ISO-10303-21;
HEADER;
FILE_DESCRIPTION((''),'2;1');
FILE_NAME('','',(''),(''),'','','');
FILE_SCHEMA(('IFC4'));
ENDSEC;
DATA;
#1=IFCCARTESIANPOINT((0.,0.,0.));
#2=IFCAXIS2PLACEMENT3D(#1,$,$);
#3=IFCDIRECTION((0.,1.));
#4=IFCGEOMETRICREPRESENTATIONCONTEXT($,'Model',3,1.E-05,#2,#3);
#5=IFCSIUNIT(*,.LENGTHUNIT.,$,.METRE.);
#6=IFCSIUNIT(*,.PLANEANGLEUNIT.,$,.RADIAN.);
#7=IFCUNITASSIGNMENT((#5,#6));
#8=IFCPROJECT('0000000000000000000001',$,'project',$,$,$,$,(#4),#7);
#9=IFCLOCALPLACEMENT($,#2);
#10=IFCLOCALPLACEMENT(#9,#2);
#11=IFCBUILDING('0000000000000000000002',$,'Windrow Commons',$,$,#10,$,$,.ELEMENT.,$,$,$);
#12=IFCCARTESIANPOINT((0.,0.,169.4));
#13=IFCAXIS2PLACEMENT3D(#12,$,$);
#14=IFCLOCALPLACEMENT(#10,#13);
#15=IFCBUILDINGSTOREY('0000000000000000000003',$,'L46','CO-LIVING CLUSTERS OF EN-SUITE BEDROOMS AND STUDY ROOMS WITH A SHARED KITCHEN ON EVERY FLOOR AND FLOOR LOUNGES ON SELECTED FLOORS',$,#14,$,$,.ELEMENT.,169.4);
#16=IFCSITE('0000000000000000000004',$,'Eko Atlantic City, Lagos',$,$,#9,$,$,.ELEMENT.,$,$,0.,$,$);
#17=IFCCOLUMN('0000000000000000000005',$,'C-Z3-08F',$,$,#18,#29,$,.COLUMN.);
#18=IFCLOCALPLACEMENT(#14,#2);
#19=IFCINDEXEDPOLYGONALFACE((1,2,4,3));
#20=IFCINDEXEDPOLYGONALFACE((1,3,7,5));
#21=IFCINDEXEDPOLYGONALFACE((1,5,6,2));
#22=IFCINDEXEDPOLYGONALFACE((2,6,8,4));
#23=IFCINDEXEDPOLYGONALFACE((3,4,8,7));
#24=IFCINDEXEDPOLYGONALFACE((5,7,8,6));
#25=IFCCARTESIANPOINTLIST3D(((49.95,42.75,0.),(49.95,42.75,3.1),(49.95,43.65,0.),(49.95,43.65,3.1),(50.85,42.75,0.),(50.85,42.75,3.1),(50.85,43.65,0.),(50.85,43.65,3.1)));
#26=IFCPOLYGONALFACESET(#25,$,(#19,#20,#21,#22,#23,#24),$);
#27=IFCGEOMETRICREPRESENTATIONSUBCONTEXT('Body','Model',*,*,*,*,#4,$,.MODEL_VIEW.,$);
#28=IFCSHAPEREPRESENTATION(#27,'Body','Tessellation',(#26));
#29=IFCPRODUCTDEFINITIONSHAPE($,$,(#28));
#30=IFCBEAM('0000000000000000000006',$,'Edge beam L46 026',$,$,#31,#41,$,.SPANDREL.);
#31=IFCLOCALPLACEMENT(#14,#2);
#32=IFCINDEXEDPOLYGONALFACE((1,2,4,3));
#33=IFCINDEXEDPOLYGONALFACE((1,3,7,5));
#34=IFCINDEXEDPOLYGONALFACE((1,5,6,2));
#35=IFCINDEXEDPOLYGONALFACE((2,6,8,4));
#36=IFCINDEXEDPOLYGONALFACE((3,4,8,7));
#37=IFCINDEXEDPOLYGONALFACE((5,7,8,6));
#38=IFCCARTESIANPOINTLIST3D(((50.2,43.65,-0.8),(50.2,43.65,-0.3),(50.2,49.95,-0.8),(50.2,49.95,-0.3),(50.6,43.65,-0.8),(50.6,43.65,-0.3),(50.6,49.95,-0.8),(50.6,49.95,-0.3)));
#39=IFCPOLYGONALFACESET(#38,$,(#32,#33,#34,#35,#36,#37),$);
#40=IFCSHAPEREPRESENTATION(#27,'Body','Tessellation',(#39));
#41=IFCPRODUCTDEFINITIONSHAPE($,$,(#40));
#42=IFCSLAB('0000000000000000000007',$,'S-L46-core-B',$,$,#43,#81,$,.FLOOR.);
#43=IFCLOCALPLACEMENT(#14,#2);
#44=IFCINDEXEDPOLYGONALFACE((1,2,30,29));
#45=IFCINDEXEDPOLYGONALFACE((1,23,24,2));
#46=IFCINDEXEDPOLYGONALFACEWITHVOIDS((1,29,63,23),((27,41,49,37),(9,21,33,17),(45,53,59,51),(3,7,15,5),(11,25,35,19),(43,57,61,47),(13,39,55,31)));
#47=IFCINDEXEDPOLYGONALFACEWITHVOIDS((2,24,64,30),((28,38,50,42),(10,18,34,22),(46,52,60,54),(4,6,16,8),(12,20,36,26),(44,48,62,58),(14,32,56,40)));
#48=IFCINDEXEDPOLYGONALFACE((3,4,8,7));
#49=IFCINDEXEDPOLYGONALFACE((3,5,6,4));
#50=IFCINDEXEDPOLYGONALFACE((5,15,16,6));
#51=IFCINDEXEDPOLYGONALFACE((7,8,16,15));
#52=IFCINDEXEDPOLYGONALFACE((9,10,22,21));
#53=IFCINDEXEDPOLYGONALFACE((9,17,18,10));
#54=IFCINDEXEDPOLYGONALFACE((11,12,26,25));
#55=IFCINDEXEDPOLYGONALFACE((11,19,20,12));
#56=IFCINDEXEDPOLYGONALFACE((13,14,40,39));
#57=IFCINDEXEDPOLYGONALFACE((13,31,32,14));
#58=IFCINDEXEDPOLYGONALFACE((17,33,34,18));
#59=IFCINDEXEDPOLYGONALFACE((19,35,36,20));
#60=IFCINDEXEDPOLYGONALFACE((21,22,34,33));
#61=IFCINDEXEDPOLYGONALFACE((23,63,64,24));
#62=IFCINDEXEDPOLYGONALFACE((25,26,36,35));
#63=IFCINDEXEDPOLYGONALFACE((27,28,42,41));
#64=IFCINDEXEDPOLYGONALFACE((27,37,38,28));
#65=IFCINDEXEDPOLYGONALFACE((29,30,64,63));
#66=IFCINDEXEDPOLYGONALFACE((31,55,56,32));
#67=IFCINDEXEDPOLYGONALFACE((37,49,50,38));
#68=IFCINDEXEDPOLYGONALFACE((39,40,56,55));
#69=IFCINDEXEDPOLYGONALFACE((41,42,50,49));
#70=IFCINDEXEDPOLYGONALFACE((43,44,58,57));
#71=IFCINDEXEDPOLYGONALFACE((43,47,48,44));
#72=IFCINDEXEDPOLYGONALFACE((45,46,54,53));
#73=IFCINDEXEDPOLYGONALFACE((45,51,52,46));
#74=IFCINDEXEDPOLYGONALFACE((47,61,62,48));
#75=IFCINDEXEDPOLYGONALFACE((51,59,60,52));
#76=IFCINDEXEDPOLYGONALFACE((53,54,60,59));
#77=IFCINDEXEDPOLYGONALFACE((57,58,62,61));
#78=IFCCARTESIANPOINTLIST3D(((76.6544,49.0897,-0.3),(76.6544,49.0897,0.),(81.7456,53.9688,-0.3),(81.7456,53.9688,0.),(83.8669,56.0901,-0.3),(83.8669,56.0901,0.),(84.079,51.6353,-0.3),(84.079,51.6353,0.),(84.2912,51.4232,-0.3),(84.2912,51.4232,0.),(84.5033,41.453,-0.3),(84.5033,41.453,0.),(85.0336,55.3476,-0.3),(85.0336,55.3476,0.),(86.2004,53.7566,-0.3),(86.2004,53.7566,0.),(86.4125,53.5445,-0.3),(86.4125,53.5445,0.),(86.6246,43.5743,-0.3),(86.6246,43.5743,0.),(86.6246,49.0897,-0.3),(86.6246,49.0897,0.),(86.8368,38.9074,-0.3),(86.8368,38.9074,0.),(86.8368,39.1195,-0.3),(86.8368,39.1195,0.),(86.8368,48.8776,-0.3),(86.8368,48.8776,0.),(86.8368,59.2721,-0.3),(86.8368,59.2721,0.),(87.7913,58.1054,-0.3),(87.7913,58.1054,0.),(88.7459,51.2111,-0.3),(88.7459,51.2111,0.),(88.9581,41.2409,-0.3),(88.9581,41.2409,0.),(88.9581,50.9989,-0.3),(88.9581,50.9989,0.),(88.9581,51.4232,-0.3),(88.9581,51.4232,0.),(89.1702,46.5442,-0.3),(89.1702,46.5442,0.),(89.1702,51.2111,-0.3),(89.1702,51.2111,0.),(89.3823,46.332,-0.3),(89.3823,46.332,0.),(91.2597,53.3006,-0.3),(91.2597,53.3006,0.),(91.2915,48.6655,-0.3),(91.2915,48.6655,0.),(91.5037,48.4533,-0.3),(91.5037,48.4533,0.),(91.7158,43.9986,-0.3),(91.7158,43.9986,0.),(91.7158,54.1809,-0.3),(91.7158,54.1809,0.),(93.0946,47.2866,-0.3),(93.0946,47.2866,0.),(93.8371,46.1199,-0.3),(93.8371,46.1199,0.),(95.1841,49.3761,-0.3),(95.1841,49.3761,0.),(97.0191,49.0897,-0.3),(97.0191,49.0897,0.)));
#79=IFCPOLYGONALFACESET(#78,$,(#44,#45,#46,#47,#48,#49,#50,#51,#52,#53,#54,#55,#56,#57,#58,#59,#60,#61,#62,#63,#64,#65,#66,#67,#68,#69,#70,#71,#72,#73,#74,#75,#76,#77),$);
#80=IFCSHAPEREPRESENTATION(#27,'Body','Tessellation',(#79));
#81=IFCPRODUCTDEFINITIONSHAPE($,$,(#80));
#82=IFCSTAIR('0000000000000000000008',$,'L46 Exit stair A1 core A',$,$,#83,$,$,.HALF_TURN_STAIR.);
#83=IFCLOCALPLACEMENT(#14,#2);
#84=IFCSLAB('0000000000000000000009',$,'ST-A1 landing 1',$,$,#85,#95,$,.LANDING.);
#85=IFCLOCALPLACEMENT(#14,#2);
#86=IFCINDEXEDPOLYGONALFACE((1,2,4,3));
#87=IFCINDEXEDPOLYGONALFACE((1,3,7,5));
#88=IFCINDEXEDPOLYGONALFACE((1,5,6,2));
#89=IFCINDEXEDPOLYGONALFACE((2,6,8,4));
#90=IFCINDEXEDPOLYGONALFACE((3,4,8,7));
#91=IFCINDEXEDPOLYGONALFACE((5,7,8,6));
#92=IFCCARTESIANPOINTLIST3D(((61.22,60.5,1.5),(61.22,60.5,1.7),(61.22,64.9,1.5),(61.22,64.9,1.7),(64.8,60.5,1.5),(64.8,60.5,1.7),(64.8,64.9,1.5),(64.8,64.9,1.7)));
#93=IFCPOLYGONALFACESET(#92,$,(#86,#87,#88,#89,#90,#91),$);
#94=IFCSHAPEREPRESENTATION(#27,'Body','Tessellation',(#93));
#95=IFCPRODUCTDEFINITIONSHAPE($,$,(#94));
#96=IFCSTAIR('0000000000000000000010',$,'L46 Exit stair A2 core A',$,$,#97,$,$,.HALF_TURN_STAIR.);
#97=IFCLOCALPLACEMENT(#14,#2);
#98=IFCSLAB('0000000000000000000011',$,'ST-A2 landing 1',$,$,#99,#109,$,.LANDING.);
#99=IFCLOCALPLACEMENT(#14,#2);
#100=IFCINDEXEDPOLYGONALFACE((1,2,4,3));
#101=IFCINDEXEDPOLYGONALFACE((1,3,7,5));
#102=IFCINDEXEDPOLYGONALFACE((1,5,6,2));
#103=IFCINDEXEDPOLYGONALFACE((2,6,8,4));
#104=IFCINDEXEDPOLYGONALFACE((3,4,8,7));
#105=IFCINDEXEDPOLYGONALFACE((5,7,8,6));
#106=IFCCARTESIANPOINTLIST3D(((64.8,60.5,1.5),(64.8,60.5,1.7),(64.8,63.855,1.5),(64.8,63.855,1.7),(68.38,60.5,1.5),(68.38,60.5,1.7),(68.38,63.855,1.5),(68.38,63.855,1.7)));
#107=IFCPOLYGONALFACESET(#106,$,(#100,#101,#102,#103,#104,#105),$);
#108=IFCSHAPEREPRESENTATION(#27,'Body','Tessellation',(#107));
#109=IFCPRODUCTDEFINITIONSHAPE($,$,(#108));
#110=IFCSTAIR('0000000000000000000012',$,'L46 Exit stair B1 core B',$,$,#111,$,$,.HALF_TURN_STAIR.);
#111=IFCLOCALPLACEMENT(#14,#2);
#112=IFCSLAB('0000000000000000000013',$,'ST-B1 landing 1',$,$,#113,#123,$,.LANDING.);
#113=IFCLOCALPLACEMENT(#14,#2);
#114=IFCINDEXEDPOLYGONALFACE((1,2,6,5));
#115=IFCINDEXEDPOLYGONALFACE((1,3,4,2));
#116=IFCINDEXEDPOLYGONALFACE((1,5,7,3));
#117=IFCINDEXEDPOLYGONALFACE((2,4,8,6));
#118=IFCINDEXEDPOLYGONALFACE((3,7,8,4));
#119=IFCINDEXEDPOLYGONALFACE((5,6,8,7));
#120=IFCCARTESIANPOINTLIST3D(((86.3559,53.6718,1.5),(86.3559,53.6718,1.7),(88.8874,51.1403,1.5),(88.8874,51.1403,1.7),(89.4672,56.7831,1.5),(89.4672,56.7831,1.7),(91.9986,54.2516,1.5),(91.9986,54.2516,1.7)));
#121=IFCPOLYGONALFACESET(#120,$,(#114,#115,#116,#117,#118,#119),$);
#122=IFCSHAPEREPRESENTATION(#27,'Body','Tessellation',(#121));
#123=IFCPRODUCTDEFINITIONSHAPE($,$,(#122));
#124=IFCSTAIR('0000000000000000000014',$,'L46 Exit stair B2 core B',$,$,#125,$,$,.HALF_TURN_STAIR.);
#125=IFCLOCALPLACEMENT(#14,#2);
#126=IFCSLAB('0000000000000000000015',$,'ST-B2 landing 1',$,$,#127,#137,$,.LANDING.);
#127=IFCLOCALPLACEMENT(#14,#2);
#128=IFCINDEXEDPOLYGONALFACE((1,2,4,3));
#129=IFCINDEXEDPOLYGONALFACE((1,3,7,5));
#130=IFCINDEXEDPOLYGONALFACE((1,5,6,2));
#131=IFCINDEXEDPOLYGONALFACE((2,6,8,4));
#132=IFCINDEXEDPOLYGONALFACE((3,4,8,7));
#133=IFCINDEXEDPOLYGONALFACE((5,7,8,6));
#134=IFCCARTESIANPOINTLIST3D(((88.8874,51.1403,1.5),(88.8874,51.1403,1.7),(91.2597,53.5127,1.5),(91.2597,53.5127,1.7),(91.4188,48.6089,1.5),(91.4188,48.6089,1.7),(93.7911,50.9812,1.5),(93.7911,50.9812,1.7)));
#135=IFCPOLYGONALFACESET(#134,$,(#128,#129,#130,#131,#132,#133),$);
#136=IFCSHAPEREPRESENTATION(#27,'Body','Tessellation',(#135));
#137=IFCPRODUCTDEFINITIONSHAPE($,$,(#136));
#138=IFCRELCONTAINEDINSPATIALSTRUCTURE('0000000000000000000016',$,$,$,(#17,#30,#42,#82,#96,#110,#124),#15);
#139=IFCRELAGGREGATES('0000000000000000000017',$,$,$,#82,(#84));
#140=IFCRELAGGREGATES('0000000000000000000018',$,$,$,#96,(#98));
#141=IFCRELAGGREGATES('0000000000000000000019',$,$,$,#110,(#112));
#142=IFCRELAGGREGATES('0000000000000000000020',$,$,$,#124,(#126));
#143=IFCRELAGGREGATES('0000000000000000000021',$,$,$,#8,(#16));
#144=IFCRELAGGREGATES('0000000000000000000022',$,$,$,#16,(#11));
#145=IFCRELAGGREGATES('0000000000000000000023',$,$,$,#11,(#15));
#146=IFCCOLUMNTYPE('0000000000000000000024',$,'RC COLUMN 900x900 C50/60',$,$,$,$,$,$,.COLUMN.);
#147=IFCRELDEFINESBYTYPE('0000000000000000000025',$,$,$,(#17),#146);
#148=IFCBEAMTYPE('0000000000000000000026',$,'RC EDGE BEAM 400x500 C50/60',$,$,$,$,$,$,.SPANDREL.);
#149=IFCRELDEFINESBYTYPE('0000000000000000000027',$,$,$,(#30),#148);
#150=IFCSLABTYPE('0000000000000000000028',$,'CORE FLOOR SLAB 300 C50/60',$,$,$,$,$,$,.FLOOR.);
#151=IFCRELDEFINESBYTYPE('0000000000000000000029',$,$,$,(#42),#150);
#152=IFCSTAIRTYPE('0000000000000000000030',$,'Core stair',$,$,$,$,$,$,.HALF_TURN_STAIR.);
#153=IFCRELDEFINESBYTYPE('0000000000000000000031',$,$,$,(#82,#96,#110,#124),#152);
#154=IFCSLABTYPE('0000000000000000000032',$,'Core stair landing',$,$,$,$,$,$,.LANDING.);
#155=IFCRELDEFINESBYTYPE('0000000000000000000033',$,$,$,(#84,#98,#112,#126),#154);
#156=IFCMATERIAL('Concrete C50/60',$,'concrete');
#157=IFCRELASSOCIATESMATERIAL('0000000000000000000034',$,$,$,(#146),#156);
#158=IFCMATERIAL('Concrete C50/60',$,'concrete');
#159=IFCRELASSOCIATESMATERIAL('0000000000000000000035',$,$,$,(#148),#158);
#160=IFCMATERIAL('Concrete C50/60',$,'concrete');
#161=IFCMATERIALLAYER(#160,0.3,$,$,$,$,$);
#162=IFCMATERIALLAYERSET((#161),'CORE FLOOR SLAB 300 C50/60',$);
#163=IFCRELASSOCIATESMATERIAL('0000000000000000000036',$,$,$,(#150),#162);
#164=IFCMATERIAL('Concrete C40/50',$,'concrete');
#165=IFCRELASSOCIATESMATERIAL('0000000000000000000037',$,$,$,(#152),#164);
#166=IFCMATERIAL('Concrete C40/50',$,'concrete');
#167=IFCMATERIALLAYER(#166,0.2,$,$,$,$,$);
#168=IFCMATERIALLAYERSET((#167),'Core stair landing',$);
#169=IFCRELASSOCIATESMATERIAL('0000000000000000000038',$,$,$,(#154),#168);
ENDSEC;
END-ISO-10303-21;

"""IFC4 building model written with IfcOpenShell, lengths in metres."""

from ifc_helpers import new_model, si_unit, direction, frame, origin, origin_2d, place, context, subcontext, project, spatial, polyline, rectangle, outline, extrude, material, layer, layer_set, material_profile, profile_set, type_object, element, aggregate, save


model = new_model("IFC4")

# Units and contexts
model_context = context("Model", 3, precision=1e-05, world=origin(), true_north=direction((0.0, 1.0)))
body_context = subcontext(model_context, "Body", "Model", "MODEL_VIEW")
ifc_project = project(units=[si_unit("LENGTHUNIT", "METRE"), si_unit("PLANEANGLEUNIT", "RADIAN")], contexts=[model_context])

# Site, building, storey
site_placement = place(None, origin())
site = spatial("IfcSite", under=ifc_project, at=site_placement, Name="Eko Atlantic City, Lagos", CompositionType="ELEMENT", RefElevation=0.0)
building_placement = place(site_placement, origin())
building = spatial("IfcBuilding", under=site, at=building_placement, Name="Windrow Commons", CompositionType="ELEMENT")
storey_placement = place(building_placement, frame((0.0, 0.0, 169.4)))
storey = spatial("IfcBuildingStorey", under=building, at=storey_placement, Name="L46", Description="CO-LIVING CLUSTERS OF EN-SUITE BEDROOMS AND STUDY ROOMS WITH A SHARED KITCHEN ON EVERY FLOOR AND FLOOR LOUNGES ON SELECTED FLOORS", CompositionType="ELEMENT", Elevation=169.4)

# Column
ifc_material_1 = material(Name="Concrete C50/60", Category="concrete")
ifc_material_profile_1 = material_profile(ifc_material_1, rectangle(XDim=0.9, YDim=0.9, at=origin_2d()))
ifc_profile_set_1 = profile_set([ifc_material_profile_1], Name="Concrete C50/60")
column_type = type_object("IfcColumnType", Name="RC COLUMN 900x900 C50/60", PredefinedType="COLUMN", material=ifc_profile_set_1)
column_placement = place(storey_placement, frame((50.4, 43.2, 0.0), z_axis=(0.0, 0.0, 1.0), x_axis=(1.0, 0.0, 0.0)))
element("IfcColumn", 1, at=column_placement, inside=storey, type_object=column_type, Name="C-Z3-08F", PredefinedType="COLUMN", context=body_context, shape_type="SweptSolid", body=[
    extrude(rectangle(XDim=0.9, YDim=0.9, at=origin_2d()), origin(), (0.0, 0.0, 1.0), 3.1),
])

# Beam
ifc_material_2 = material(Name="Concrete C50/60", Category="concrete")
ifc_material_profile_2 = material_profile(ifc_material_2, rectangle(XDim=0.4, YDim=0.5, at=origin_2d()))
ifc_profile_set_2 = profile_set([ifc_material_profile_2], Name="Concrete C50/60")
beam_type = type_object("IfcBeamType", Name="RC EDGE BEAM 400x500 C50/60", PredefinedType="SPANDREL", material=ifc_profile_set_2)
beam_placement = place(storey_placement, frame((50.4, 43.65, -0.55), z_axis=(0.0, 1.0, 0.0), x_axis=(-1.0, 0.0, 0.0)))
element("IfcBeam", 2, at=beam_placement, inside=storey, type_object=beam_type, Name="Edge beam L46 026", PredefinedType="SPANDREL", context=body_context, shape_type="SweptSolid", body=[
    extrude(rectangle(XDim=0.4, YDim=0.5, at=origin_2d()), origin(), (0.0, 0.0, 1.0), 6.3),
])

# Slab, openings
ifc_material_3 = material(Name="Concrete C50/60", Category="concrete")
ifc_layer_1 = layer(ifc_material_3, 0.3)
ifc_layer_set_1 = layer_set([ifc_layer_1], Name="CORE FLOOR SLAB 300 C50/60")
slab_type_1 = type_object("IfcSlabType", Name="CORE FLOOR SLAB 300 C50/60", PredefinedType="FLOOR", material=ifc_layer_set_1)
placement_1 = place(storey_placement, frame((0.0, 0.0, -0.3)))
slab_1 = element("IfcSlab", 3, at=placement_1, inside=storey, type_object=slab_type_1, Name="S-L46-core-B", PredefinedType="FLOOR", context=body_context, shape_type="SweptSolid", body=[
    extrude(outline(polyline([(76.6544, 49.0897), (86.8368, 38.9074), (97.0191, 49.0897), (86.8368, 59.2721), (76.6544, 49.0897)]), holes=[polyline([(84.5033, 41.453), (86.8368, 39.1195), (88.9581, 41.2409), (86.6246, 43.5743), (84.5033, 41.453)]), polyline([(81.7456, 53.9688), (84.079, 51.6353), (86.2004, 53.7566), (83.8669, 56.0901), (81.7456, 53.9688)]), polyline([(84.2912, 51.4232), (86.6246, 49.0897), (88.7459, 51.2111), (86.4125, 53.5445), (84.2912, 51.4232)]), polyline([(86.8368, 48.8776), (89.1702, 46.5442), (91.2915, 48.6655), (88.9581, 50.9989), (86.8368, 48.8776)]), polyline([(89.3823, 46.332), (91.7158, 43.9986), (93.8371, 46.1199), (91.5037, 48.4533), (89.3823, 46.332)]), polyline([(85.0336, 55.3476), (88.9581, 51.4232), (91.7158, 54.1809), (87.7913, 58.1054), (85.0336, 55.3476)]), polyline([(89.1702, 51.2111), (93.0946, 47.2866), (95.1841, 49.3761), (91.2597, 53.3006), (89.1702, 51.2111)])]), origin(), (0.0, 0.0, 1.0), 0.3),
])
opening_1_placement = place(placement_1, origin())
element("IfcOpeningElement", 4, at=opening_1_placement, cuts=slab_1, PredefinedType="OPENING", context=body_context, shape_type="SweptSolid", body=[
    extrude(outline(polyline([(84.5104, 41.453), (86.6246, 43.5672), (88.951, 41.2409), (86.8368, 39.1266), (84.5104, 41.453)])), origin(), (0.0, 0.0, 1.0), 0.3),
])
opening_2_placement = place(placement_1, origin())
element("IfcOpeningElement", 5, at=opening_2_placement, cuts=slab_1, PredefinedType="OPENING", context=body_context, shape_type="SweptSolid", body=[
    extrude(outline(polyline([(81.7527, 53.9688), (83.8669, 56.083), (86.1933, 53.7566), (84.079, 51.6424), (81.7527, 53.9688)])), origin(), (0.0, 0.0, 1.0), 0.3),
])
opening_3_placement = place(placement_1, origin())
element("IfcOpeningElement", 6, at=opening_3_placement, cuts=slab_1, PredefinedType="OPENING", context=body_context, shape_type="SweptSolid", body=[
    extrude(outline(polyline([(84.2983, 51.4232), (86.4125, 53.5374), (88.7388, 51.2111), (86.6246, 49.0968), (84.2983, 51.4232)])), origin(), (0.0, 0.0, 1.0), 0.3),
])
opening_4_placement = place(placement_1, origin())
element("IfcOpeningElement", 7, at=opening_4_placement, cuts=slab_1, PredefinedType="OPENING", context=body_context, shape_type="SweptSolid", body=[
    extrude(outline(polyline([(86.8439, 48.8776), (88.9581, 50.9918), (91.2844, 48.6655), (89.1702, 46.5513), (86.8439, 48.8776)])), origin(), (0.0, 0.0, 1.0), 0.3),
])
opening_5_placement = place(placement_1, origin())
element("IfcOpeningElement", 8, at=opening_5_placement, cuts=slab_1, PredefinedType="OPENING", context=body_context, shape_type="SweptSolid", body=[
    extrude(outline(polyline([(89.3894, 46.332), (91.5037, 48.4462), (93.83, 46.1199), (91.7158, 44.0057), (89.3894, 46.332)])), origin(), (0.0, 0.0, 1.0), 0.3),
])
opening_6_placement = place(placement_1, origin())
element("IfcOpeningElement", 9, at=opening_6_placement, cuts=slab_1, PredefinedType="OPENING", context=body_context, shape_type="SweptSolid", body=[
    extrude(outline(polyline([(85.0407, 55.3476), (87.7913, 58.0983), (91.7087, 54.1809), (88.9581, 51.4303), (85.0407, 55.3476)])), origin(), (0.0, 0.0, 1.0), 0.3),
])
opening_7_placement = place(placement_1, origin())
element("IfcOpeningElement", 10, at=opening_7_placement, cuts=slab_1, PredefinedType="OPENING", context=body_context, shape_type="SweptSolid", body=[
    extrude(outline(polyline([(89.1773, 51.2111), (91.2597, 53.2935), (95.177, 49.3761), (93.0946, 47.2937), (89.1773, 51.2111)])), origin(), (0.0, 0.0, 1.0), 0.3),
])

# Stairs, slabs
ifc_material_4 = material(Name="Concrete C40/50", Category="concrete")
stair_type = type_object("IfcStairType", Name="Core stair", PredefinedType="HALF_TURN_STAIR", material=ifc_material_4)
placement_2 = place(storey_placement, origin())
stair_1 = element("IfcStair", 11, at=placement_2, inside=storey, type_object=stair_type, Name="L46 Exit stair A1 core A", PredefinedType="HALF_TURN_STAIR")
ifc_material_5 = material(Name="Concrete C40/50", Category="concrete")
ifc_layer_2 = layer(ifc_material_5, 0.2)
ifc_layer_set_2 = layer_set([ifc_layer_2], Name="Core stair landing")
slab_type_2 = type_object("IfcSlabType", Name="Core stair landing", PredefinedType="LANDING", material=ifc_layer_set_2)
placement_3 = place(storey_placement, frame((0.0, 0.0, 1.5)))
slab_2 = element("IfcSlab", 12, at=placement_3, type_object=slab_type_2, Name="ST-A1 landing 1", PredefinedType="LANDING", context=body_context, shape_type="SweptSolid", body=[
    extrude(outline(polyline([(61.22, 60.5), (64.8, 60.5), (64.8, 64.9), (61.22, 64.9), (61.22, 60.5)])), origin(), (0.0, 0.0, 1.0), 0.2),
])
aggregate(stair_1, [slab_2])
stair_2 = element("IfcStair", 13, at=placement_2, inside=storey, type_object=stair_type, Name="L46 Exit stair A2 core A", PredefinedType="HALF_TURN_STAIR")
slab_3 = element("IfcSlab", 14, at=placement_3, type_object=slab_type_2, Name="ST-A2 landing 1", PredefinedType="LANDING", context=body_context, shape_type="SweptSolid", body=[
    extrude(outline(polyline([(64.8, 60.5), (68.38, 60.5), (68.38, 63.855), (64.8, 63.855), (64.8, 60.5)])), origin(), (0.0, 0.0, 1.0), 0.2),
])
aggregate(stair_2, [slab_3])
stair_3 = element("IfcStair", 15, at=placement_2, inside=storey, type_object=stair_type, Name="L46 Exit stair B1 core B", PredefinedType="HALF_TURN_STAIR")
slab_4 = element("IfcSlab", 16, at=placement_3, type_object=slab_type_2, Name="ST-B1 landing 1", PredefinedType="LANDING", context=body_context, shape_type="SweptSolid", body=[
    extrude(outline(polyline([(86.3559, 53.6718), (88.8874, 51.1403), (91.9986, 54.2516), (89.4672, 56.7831), (86.3559, 53.6718)])), origin(), (0.0, 0.0, 1.0), 0.2),
])
aggregate(stair_3, [slab_4])
stair_4 = element("IfcStair", 17, at=placement_2, inside=storey, type_object=stair_type, Name="L46 Exit stair B2 core B", PredefinedType="HALF_TURN_STAIR")
slab_5 = element("IfcSlab", 18, at=placement_3, type_object=slab_type_2, Name="ST-B2 landing 1", PredefinedType="LANDING", context=body_context, shape_type="SweptSolid", body=[
    extrude(outline(polyline([(88.8874, 51.1403), (91.4188, 48.6089), (93.7911, 50.9812), (91.2597, 53.5127), (88.8874, 51.1403)])), origin(), (0.0, 0.0, 1.0), 0.2),
])
aggregate(stair_4, [slab_5])

save(model, "model.ifc")
